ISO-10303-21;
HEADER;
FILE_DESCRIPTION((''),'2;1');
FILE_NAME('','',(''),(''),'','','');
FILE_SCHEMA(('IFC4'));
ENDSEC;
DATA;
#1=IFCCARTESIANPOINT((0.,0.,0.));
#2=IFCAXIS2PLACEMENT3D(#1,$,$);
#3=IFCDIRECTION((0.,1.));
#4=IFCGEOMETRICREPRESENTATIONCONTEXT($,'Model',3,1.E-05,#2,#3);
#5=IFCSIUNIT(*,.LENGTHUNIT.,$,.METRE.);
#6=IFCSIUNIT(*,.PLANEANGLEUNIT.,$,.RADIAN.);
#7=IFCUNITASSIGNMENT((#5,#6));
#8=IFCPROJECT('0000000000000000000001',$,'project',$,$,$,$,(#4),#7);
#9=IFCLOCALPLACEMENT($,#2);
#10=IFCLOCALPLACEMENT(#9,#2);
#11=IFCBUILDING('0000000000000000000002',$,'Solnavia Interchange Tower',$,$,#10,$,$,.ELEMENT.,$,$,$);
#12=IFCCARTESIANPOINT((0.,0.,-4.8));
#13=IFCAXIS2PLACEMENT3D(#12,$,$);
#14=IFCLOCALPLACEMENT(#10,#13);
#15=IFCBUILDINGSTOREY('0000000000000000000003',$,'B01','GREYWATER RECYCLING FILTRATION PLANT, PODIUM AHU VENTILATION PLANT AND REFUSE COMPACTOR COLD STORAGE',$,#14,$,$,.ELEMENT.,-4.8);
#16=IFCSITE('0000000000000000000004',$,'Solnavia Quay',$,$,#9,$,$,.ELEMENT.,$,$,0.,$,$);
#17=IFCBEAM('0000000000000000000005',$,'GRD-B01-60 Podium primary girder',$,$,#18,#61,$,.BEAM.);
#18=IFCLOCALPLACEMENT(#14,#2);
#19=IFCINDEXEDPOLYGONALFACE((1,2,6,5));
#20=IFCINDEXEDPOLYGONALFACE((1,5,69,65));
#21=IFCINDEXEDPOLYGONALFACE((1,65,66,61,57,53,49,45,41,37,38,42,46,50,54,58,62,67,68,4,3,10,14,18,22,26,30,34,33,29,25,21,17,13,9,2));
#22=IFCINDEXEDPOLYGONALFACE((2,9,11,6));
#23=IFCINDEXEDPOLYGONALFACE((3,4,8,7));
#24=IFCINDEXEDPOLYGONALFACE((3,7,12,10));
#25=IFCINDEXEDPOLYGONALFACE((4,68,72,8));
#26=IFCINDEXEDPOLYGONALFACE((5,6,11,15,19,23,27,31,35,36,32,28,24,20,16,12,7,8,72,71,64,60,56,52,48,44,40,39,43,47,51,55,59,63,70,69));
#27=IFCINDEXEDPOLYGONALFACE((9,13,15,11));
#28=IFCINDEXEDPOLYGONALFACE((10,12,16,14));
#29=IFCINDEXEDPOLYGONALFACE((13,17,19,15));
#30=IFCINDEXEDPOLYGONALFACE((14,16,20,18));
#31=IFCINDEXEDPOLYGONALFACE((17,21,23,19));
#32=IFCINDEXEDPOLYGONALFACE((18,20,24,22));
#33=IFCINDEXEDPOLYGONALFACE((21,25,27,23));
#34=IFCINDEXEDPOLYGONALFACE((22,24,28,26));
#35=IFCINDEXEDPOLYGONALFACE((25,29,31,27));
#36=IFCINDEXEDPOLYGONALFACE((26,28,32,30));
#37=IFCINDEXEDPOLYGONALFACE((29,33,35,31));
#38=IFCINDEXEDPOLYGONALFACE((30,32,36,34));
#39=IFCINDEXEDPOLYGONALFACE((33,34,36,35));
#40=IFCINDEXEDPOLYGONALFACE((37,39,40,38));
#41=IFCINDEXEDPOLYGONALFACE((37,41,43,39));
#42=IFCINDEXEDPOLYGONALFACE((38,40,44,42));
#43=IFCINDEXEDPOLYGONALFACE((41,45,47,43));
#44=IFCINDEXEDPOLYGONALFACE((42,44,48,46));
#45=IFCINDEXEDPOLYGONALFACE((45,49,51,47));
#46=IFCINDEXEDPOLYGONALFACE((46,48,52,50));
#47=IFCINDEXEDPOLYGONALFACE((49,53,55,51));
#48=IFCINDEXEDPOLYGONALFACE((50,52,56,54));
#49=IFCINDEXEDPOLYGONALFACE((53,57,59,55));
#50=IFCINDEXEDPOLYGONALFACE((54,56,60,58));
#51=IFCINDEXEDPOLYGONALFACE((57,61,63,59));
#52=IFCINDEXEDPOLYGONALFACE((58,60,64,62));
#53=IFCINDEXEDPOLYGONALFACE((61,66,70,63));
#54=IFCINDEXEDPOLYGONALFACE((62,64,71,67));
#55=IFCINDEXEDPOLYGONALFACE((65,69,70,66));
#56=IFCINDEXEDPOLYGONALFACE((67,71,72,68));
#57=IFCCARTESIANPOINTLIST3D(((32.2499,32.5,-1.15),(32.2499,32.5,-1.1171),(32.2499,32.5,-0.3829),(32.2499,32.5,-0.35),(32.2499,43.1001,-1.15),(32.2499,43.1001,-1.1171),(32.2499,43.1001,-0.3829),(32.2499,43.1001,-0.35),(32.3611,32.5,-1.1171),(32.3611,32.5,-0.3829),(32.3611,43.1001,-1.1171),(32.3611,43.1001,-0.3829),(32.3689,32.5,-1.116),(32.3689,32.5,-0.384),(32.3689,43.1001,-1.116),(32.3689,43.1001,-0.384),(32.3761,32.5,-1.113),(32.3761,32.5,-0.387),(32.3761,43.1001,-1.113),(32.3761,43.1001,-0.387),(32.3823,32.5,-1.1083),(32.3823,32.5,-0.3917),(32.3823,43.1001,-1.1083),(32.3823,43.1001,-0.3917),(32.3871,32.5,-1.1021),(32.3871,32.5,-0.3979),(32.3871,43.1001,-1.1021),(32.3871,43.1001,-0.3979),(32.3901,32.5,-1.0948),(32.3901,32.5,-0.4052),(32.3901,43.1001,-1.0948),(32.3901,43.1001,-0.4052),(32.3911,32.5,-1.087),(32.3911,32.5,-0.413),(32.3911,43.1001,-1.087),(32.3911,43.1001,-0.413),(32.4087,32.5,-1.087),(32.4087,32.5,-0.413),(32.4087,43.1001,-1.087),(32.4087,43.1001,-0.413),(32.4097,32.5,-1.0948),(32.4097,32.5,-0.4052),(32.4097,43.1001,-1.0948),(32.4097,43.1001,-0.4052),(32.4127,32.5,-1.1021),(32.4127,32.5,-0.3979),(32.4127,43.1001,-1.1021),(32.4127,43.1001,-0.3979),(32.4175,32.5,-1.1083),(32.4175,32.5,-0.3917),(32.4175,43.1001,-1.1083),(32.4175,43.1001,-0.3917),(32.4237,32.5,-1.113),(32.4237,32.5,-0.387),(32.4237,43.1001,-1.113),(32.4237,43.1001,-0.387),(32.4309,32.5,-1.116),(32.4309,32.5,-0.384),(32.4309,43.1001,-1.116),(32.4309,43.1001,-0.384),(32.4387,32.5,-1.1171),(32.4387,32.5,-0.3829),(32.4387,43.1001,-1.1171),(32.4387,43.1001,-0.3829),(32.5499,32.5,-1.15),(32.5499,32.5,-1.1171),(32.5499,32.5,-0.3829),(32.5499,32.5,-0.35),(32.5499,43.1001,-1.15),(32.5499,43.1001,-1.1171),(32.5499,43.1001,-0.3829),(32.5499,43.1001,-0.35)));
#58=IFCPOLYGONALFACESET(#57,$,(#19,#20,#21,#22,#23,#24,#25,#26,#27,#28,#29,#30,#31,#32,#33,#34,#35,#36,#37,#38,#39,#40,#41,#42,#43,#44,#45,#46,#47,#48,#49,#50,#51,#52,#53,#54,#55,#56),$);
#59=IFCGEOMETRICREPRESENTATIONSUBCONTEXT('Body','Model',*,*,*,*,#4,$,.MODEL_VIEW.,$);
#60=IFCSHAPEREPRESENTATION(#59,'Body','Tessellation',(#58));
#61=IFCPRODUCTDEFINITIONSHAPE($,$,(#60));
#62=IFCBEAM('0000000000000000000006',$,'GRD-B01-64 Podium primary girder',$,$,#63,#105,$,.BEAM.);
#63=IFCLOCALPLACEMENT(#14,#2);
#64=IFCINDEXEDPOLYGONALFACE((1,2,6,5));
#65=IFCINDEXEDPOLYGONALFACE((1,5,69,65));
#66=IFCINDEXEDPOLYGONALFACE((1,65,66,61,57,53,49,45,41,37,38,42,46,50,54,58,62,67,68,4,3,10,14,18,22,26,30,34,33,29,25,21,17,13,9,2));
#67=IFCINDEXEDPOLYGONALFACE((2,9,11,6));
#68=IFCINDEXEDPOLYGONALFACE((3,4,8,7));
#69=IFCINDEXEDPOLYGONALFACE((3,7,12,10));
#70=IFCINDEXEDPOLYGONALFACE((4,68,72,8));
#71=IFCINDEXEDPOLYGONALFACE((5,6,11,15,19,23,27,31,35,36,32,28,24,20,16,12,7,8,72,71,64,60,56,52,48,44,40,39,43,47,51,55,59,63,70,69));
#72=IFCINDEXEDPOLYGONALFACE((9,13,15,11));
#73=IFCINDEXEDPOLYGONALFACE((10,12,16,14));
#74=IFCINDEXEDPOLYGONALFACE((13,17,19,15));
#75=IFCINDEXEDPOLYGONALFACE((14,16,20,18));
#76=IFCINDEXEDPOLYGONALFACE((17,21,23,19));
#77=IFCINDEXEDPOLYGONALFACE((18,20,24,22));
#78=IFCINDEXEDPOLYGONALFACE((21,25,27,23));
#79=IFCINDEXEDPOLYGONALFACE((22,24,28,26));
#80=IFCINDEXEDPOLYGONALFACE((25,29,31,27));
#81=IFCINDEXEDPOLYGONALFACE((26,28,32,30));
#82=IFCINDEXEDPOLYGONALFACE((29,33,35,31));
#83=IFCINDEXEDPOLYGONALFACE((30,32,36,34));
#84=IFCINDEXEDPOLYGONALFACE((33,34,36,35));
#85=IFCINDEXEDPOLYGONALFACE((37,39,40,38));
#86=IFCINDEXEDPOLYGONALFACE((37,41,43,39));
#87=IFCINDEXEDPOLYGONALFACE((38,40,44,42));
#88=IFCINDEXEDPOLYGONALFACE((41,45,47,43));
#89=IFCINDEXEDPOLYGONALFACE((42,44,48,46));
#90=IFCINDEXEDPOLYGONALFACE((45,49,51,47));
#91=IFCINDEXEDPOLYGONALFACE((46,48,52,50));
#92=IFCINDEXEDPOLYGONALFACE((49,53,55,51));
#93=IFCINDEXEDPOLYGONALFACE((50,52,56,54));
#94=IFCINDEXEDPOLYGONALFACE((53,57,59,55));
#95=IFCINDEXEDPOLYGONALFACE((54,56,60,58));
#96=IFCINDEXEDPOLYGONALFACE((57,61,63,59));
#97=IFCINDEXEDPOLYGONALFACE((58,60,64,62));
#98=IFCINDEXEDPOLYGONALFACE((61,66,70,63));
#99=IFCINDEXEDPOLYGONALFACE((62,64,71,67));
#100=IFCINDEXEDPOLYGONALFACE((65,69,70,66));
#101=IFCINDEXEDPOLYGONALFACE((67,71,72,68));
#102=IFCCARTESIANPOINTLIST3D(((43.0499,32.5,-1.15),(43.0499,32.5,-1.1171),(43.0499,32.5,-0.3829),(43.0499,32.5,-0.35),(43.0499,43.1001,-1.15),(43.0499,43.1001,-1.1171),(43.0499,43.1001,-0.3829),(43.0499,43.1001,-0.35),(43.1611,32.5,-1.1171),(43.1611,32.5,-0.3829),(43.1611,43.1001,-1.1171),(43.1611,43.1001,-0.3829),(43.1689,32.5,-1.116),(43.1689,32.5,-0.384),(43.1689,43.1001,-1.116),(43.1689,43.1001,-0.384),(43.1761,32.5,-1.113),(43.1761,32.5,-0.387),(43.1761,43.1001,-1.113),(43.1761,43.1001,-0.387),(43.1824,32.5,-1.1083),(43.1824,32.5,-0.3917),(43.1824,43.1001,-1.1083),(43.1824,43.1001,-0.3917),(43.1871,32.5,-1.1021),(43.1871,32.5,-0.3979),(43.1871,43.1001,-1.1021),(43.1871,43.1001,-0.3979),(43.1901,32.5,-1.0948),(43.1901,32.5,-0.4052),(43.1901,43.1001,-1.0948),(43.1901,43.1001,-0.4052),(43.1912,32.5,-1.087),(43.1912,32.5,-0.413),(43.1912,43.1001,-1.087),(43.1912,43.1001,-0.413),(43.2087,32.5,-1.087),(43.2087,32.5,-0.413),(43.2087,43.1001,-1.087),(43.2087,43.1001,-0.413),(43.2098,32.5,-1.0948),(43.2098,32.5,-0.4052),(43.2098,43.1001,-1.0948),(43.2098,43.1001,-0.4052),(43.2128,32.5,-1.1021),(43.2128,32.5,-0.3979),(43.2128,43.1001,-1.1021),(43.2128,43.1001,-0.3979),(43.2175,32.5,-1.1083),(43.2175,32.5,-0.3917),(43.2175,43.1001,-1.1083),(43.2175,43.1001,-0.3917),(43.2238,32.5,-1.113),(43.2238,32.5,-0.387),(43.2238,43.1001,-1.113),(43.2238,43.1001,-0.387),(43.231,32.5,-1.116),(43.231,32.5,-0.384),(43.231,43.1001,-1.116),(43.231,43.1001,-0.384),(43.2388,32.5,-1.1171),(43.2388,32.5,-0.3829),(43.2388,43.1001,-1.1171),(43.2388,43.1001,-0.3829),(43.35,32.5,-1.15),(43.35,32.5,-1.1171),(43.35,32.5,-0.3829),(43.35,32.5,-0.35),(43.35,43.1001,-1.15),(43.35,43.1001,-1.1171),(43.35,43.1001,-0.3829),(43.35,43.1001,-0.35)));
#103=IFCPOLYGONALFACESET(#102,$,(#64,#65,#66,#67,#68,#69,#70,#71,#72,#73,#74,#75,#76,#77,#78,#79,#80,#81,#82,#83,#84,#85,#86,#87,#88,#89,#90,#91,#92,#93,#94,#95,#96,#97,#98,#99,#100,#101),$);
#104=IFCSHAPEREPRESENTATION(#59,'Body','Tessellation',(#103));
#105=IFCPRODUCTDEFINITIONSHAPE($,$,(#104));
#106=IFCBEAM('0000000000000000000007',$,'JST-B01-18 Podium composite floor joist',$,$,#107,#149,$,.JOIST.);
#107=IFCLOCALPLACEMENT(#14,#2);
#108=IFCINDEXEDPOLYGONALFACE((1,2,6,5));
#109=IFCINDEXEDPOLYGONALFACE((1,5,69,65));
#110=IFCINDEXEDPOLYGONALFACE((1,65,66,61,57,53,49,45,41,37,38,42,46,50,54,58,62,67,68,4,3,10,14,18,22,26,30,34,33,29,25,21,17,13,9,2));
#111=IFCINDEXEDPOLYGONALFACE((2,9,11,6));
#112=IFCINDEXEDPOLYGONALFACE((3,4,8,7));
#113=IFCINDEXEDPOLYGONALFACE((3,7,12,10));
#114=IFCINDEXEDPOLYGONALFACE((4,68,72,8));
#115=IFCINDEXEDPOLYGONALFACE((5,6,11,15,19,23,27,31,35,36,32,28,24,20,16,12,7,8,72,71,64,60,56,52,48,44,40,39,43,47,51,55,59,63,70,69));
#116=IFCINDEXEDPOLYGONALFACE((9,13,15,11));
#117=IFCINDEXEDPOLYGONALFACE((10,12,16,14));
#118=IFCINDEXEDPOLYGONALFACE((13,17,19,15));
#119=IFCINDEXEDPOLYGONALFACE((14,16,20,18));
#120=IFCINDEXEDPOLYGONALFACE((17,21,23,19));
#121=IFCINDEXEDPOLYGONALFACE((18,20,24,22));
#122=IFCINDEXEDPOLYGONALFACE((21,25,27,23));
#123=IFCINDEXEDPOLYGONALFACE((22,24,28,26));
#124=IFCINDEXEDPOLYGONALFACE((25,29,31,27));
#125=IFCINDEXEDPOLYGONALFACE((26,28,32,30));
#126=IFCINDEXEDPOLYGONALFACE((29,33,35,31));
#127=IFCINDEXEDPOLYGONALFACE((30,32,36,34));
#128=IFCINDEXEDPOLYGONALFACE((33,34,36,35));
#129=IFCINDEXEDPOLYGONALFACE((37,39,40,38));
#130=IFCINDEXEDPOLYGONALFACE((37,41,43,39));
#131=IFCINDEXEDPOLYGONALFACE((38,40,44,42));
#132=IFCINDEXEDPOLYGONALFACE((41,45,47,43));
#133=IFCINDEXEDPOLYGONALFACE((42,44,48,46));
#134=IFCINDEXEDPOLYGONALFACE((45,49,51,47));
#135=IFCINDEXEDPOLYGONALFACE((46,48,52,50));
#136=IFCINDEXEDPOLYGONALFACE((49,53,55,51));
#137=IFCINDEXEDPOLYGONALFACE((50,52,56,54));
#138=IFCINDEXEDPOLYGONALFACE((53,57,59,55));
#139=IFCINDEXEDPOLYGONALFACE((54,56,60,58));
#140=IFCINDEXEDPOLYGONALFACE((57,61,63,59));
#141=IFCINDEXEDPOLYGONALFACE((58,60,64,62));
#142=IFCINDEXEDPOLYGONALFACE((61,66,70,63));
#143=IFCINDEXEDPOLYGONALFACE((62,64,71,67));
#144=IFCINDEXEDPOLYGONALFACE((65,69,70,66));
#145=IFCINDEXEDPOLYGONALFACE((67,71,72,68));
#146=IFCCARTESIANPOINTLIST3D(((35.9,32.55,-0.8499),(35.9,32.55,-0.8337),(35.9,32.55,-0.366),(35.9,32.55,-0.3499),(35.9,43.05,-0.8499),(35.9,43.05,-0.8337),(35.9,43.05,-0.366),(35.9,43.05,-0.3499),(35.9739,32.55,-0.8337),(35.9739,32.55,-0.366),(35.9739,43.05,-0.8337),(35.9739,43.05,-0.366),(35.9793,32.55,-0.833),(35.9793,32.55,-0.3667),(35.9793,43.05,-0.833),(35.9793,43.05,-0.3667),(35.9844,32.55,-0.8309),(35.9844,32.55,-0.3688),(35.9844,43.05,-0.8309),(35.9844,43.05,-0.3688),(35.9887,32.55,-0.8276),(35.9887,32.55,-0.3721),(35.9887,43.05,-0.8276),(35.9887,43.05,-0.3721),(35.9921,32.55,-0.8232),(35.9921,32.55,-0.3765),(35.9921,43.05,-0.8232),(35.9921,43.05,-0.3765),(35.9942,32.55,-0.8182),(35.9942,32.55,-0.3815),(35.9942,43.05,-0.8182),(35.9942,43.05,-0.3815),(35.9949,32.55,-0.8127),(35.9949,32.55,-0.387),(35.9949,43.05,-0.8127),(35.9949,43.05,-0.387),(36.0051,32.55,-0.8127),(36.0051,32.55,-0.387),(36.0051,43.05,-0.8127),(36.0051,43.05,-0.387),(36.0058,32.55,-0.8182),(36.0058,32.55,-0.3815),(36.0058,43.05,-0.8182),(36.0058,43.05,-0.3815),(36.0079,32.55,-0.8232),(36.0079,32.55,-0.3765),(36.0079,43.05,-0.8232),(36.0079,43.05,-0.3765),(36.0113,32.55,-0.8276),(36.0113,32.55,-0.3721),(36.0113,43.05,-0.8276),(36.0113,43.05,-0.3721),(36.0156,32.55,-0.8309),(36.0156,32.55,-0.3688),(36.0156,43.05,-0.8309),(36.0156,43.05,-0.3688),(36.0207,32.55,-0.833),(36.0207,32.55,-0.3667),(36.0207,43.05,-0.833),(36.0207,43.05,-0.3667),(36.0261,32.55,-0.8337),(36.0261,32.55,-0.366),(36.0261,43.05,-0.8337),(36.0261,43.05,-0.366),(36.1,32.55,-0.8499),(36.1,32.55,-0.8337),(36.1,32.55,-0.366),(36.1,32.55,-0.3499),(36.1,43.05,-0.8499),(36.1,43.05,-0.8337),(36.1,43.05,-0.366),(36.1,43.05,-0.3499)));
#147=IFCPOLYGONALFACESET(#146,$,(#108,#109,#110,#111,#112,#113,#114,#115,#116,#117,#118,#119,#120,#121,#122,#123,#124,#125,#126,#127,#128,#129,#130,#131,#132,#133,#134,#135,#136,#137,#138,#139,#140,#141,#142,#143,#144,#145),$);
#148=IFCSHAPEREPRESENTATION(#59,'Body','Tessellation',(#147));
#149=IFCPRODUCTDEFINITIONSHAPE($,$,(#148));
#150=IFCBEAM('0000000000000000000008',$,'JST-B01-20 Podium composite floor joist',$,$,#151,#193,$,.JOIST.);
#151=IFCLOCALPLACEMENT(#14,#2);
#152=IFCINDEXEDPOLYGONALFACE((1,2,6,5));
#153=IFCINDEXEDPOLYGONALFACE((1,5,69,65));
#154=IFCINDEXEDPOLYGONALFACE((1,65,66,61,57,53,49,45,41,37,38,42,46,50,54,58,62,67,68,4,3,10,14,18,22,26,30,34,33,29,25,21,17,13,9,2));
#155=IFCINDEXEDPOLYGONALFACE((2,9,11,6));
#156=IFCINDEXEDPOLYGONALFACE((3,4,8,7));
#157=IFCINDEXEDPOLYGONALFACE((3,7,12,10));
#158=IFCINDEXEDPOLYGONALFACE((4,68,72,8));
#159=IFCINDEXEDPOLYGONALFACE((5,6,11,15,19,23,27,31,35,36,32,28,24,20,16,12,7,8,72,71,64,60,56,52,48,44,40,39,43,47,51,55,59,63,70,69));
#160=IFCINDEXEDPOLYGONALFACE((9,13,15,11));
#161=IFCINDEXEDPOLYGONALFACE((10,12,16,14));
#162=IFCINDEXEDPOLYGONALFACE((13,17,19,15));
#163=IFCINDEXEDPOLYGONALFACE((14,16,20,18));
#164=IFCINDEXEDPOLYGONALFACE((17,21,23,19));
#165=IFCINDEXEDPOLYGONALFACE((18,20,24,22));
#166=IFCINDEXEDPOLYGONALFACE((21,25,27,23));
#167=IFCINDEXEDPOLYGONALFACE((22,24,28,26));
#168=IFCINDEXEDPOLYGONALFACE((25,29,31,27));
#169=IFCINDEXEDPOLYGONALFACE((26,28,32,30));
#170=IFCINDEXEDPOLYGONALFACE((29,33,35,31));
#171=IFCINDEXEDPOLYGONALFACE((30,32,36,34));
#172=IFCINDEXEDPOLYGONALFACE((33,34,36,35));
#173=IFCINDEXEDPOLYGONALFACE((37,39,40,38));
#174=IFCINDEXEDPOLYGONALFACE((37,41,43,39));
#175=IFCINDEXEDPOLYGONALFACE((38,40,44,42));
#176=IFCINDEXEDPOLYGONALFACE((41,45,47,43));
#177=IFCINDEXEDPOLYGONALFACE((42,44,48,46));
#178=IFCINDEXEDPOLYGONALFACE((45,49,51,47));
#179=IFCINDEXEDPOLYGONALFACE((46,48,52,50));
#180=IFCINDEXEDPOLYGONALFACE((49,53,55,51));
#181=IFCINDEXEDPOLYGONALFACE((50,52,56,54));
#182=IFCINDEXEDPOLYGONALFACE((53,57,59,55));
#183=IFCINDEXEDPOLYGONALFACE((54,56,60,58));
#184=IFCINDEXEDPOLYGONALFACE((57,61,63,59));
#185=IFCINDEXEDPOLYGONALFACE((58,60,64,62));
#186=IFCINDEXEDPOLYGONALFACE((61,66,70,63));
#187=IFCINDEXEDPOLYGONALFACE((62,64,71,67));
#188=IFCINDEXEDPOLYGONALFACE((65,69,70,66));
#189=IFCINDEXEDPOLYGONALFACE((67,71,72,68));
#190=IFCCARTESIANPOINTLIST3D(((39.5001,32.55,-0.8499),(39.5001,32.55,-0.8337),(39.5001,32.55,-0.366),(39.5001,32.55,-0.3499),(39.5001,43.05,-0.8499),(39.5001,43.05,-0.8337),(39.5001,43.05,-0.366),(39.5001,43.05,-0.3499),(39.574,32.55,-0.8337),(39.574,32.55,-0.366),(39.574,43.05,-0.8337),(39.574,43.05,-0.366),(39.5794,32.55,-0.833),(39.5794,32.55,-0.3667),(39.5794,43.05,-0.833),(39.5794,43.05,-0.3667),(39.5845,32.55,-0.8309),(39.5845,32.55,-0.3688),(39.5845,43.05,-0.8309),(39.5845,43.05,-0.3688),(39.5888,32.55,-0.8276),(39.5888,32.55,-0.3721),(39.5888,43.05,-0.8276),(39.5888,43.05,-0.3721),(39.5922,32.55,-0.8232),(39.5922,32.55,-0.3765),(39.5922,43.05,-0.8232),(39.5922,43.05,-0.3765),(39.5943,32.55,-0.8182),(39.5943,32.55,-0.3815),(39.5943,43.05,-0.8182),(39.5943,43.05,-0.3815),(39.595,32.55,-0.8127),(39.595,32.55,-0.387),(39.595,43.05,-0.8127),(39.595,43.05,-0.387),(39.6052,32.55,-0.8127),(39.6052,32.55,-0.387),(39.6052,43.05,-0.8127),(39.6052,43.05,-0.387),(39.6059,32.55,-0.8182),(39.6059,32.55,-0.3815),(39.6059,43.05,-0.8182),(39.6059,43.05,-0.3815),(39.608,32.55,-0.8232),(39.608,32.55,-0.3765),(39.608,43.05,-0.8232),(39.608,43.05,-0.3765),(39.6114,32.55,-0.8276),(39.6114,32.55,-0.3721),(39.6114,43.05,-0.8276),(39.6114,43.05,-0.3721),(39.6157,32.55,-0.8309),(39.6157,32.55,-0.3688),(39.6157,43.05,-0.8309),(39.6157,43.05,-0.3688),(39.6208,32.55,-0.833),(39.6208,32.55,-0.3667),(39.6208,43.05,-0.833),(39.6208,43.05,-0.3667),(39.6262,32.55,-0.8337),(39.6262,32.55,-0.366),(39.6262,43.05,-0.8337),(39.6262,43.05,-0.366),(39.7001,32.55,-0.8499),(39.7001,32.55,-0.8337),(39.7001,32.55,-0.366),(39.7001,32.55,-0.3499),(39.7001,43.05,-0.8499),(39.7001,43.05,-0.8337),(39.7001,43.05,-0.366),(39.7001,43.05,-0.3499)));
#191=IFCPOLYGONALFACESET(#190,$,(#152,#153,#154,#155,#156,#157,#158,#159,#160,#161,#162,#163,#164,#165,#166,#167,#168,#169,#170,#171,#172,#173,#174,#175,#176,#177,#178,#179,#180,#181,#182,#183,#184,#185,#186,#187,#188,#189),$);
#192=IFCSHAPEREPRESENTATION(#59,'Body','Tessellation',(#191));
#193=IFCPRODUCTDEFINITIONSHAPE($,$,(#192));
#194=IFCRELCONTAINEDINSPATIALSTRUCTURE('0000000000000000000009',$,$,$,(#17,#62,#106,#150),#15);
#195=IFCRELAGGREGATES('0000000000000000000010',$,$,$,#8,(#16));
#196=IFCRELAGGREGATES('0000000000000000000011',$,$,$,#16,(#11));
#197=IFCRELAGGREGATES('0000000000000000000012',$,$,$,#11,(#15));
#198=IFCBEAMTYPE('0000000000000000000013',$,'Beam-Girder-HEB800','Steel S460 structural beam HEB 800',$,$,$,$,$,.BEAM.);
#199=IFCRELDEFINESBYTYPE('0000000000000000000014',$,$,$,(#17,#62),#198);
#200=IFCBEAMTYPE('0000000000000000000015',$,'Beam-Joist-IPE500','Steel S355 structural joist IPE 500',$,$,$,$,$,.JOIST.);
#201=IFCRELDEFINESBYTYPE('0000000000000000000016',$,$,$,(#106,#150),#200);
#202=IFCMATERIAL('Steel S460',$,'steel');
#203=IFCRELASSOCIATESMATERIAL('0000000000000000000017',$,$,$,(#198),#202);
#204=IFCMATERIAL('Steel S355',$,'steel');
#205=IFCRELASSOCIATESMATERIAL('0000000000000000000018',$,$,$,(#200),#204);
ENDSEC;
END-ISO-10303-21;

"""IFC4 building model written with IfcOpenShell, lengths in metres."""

from ifc_helpers import new_model, si_unit, direction, frame, origin, origin_2d, place, context, subcontext, project, spatial, i_section, extrude, material, material_profile, profile_set, type_object, element, save


model = new_model("IFC4")

# Units and contexts
model_context = context("Model", 3, precision=1e-05, world=origin(), true_north=direction((0.0, 1.0)))
body_context = subcontext(model_context, "Body", "Model", "MODEL_VIEW")
ifc_project = project(units=[si_unit("LENGTHUNIT", "METRE"), si_unit("PLANEANGLEUNIT", "RADIAN")], contexts=[model_context])

# Site, building, storey
site_placement = place(None, origin())
site = spatial("IfcSite", under=ifc_project, at=site_placement, Name="Solnavia Quay", CompositionType="ELEMENT", RefElevation=0.0)
building_placement = place(site_placement, origin())
building = spatial("IfcBuilding", under=site, at=building_placement, Name="Solnavia Interchange Tower", CompositionType="ELEMENT")
storey_placement = place(building_placement, frame((0.0, 0.0, -4.8)))
storey = spatial("IfcBuildingStorey", under=building, at=storey_placement, Name="B01", Description="GREYWATER RECYCLING FILTRATION PLANT, PODIUM AHU VENTILATION PLANT AND REFUSE COMPACTOR COLD STORAGE", CompositionType="ELEMENT", Elevation=-4.8)

# Beams
ifc_material_1 = material(Name="Steel S460", Category="steel")
ifc_material_profile_1 = material_profile(ifc_material_1, i_section(OverallWidth=0.3, OverallDepth=0.8, WebThickness=0.0176, FlangeThickness=0.033, FilletRadius=0.03, at=origin_2d()), Name="HEB 800")
ifc_profile_set_1 = profile_set([ifc_material_profile_1], Name="Steel S460")
beam_type_1 = type_object("IfcBeamType", Name="Beam-Girder-HEB800", Description="Steel S460 structural beam HEB 800", PredefinedType="BEAM", material=ifc_profile_set_1)
for number, where, z_axis, x_axis, name in (
    (1, (32.3999, 32.5, -0.75), (0.0, 1.0, 0.0), (-1.0, 0.0, 0.0), "GRD-B01-60 Podium primary girder"),
    (2, (43.2, 32.5, -0.75), (0.0, 1.0, 0.0), (-1.0, 0.0, 0.0), "GRD-B01-64 Podium primary girder"),
):
    element("IfcBeam", number, at=place(storey_placement, frame(where, z_axis=z_axis, x_axis=x_axis)), inside=storey, type_object=beam_type_1, Name=name, PredefinedType="BEAM", context=body_context, shape_type="SweptSolid", body=[
        extrude(i_section(OverallWidth=0.3, OverallDepth=0.8, WebThickness=0.0176, FlangeThickness=0.033, FilletRadius=0.03, at=origin_2d()), origin(), (0.0, 0.0, 1.0), 10.6001),
    ])
ifc_material_2 = material(Name="Steel S355", Category="steel")
ifc_material_profile_2 = material_profile(ifc_material_2, i_section(OverallWidth=0.2, OverallDepth=0.5, WebThickness=0.0103, FlangeThickness=0.0161, FilletRadius=0.021, at=origin_2d()), Name="IPE 500")
ifc_profile_set_2 = profile_set([ifc_material_profile_2], Name="Steel S355")
beam_type_2 = type_object("IfcBeamType", Name="Beam-Joist-IPE500", Description="Steel S355 structural joist IPE 500", PredefinedType="JOIST", material=ifc_profile_set_2)
for number, where, z_axis, x_axis, name in (
    (3, (36.0, 32.55, -0.5999), (0.0, 1.0, 0.0), (-1.0, 0.0, 0.0), "JST-B01-18 Podium composite floor joist"),
    (4, (39.6001, 32.55, -0.5999), (0.0, 1.0, 0.0), (-1.0, 0.0, 0.0), "JST-B01-20 Podium composite floor joist"),
):
    element("IfcBeam", number, at=place(storey_placement, frame(where, z_axis=z_axis, x_axis=x_axis)), inside=storey, type_object=beam_type_2, Name=name, PredefinedType="JOIST", context=body_context, shape_type="SweptSolid", body=[
        extrude(i_section(OverallWidth=0.2, OverallDepth=0.5, WebThickness=0.0103, FlangeThickness=0.0161, FilletRadius=0.021, at=origin_2d()), origin(), (0.0, 0.0, 1.0), 10.5),
    ])

save(model, "model.ifc")
